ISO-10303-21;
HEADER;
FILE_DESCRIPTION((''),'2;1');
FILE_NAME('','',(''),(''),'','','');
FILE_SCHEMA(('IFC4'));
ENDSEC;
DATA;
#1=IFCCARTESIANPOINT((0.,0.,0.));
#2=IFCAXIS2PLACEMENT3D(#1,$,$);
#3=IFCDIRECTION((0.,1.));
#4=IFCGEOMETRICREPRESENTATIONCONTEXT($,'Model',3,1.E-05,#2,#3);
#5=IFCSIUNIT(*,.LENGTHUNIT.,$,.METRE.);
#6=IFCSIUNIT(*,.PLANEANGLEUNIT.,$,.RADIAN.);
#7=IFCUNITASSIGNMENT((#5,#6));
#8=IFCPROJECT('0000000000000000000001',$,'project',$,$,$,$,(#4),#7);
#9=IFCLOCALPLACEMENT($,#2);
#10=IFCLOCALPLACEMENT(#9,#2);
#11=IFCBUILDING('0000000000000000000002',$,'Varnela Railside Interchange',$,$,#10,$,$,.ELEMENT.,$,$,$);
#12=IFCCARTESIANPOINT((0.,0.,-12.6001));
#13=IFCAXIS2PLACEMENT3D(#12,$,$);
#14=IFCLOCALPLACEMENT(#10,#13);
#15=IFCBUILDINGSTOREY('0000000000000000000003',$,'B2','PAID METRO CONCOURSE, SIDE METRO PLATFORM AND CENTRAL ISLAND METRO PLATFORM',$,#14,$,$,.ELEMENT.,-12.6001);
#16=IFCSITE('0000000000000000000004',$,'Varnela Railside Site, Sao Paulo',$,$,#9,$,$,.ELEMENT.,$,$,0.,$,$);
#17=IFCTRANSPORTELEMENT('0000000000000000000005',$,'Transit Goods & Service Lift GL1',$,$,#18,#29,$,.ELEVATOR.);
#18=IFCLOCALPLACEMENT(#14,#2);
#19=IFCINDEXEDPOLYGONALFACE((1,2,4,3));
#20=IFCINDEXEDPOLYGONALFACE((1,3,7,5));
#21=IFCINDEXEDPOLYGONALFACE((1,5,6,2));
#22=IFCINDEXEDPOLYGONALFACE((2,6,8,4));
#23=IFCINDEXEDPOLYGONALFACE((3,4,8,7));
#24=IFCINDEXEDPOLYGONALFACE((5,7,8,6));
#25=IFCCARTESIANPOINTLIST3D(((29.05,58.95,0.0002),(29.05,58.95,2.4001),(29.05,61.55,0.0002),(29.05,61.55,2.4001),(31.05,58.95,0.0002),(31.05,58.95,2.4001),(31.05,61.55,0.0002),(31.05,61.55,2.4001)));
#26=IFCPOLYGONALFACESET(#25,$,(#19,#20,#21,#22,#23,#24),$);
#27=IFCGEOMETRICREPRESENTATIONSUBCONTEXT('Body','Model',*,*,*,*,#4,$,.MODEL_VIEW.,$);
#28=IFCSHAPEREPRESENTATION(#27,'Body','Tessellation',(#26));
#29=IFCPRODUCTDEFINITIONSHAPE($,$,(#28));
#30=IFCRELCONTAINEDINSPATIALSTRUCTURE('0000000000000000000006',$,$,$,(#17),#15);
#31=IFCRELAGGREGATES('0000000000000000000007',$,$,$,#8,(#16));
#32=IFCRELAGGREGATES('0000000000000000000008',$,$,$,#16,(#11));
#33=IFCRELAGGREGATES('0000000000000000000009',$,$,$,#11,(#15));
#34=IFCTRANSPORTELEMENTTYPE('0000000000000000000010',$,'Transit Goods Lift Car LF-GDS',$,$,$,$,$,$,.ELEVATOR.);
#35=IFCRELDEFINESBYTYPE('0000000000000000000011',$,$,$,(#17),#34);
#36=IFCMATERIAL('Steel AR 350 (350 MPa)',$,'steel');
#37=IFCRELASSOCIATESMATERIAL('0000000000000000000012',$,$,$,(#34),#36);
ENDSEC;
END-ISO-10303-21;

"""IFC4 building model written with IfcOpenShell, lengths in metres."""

from ifc_helpers import new_model, si_unit, direction, frame, origin, origin_2d, place, context, subcontext, project, spatial, rectangle, extrude, material, type_object, element, save


model = new_model("IFC4")

# Units and contexts
model_context = context("Model", 3, precision=1e-05, world=origin(), true_north=direction((0.0, 1.0)))
body_context = subcontext(model_context, "Body", "Model", "MODEL_VIEW")
ifc_project = project(units=[si_unit("LENGTHUNIT", "METRE"), si_unit("PLANEANGLEUNIT", "RADIAN")], contexts=[model_context])

# Site, building, storey
site_placement = place(None, origin())
site = spatial("IfcSite", under=ifc_project, at=site_placement, Name="Varnela Railside Site, Sao Paulo", CompositionType="ELEMENT", RefElevation=0.0)
building_placement = place(site_placement, origin())
building = spatial("IfcBuilding", under=site, at=building_placement, Name="Varnela Railside Interchange", CompositionType="ELEMENT")
storey_placement = place(building_placement, frame((0.0, 0.0, -12.6001)))
storey = spatial("IfcBuildingStorey", under=building, at=storey_placement, Name="B2", Description="PAID METRO CONCOURSE, SIDE METRO PLATFORM AND CENTRAL ISLAND METRO PLATFORM", CompositionType="ELEMENT", Elevation=-12.6001)

# Shared definitions
ifc_material_1 = material(Name="Steel AR 350 (350 MPa)", Category="steel")

# Transport element
transport_element_type_1 = type_object("IfcTransportElementType", Name="Transit Goods Lift Car LF-GDS", PredefinedType="ELEVATOR", material=ifc_material_1)
transport_element_1_placement = place(storey_placement, frame((30.05, 60.25, 0.0002), z_axis=(0.0, 0.0, 1.0), x_axis=(1.0, 0.0, 0.0)))
element("IfcTransportElement", 1, at=transport_element_1_placement, inside=storey, type_object=transport_element_type_1, Name="Transit Goods & Service Lift GL1", PredefinedType="ELEVATOR", context=body_context, shape_type="SweptSolid", body=[
    extrude(rectangle(XDim=2.0, YDim=2.6001, at=origin_2d()), origin(), (0.0, 0.0, 1.0), 2.3999),
])

save(model, "model.ifc")
